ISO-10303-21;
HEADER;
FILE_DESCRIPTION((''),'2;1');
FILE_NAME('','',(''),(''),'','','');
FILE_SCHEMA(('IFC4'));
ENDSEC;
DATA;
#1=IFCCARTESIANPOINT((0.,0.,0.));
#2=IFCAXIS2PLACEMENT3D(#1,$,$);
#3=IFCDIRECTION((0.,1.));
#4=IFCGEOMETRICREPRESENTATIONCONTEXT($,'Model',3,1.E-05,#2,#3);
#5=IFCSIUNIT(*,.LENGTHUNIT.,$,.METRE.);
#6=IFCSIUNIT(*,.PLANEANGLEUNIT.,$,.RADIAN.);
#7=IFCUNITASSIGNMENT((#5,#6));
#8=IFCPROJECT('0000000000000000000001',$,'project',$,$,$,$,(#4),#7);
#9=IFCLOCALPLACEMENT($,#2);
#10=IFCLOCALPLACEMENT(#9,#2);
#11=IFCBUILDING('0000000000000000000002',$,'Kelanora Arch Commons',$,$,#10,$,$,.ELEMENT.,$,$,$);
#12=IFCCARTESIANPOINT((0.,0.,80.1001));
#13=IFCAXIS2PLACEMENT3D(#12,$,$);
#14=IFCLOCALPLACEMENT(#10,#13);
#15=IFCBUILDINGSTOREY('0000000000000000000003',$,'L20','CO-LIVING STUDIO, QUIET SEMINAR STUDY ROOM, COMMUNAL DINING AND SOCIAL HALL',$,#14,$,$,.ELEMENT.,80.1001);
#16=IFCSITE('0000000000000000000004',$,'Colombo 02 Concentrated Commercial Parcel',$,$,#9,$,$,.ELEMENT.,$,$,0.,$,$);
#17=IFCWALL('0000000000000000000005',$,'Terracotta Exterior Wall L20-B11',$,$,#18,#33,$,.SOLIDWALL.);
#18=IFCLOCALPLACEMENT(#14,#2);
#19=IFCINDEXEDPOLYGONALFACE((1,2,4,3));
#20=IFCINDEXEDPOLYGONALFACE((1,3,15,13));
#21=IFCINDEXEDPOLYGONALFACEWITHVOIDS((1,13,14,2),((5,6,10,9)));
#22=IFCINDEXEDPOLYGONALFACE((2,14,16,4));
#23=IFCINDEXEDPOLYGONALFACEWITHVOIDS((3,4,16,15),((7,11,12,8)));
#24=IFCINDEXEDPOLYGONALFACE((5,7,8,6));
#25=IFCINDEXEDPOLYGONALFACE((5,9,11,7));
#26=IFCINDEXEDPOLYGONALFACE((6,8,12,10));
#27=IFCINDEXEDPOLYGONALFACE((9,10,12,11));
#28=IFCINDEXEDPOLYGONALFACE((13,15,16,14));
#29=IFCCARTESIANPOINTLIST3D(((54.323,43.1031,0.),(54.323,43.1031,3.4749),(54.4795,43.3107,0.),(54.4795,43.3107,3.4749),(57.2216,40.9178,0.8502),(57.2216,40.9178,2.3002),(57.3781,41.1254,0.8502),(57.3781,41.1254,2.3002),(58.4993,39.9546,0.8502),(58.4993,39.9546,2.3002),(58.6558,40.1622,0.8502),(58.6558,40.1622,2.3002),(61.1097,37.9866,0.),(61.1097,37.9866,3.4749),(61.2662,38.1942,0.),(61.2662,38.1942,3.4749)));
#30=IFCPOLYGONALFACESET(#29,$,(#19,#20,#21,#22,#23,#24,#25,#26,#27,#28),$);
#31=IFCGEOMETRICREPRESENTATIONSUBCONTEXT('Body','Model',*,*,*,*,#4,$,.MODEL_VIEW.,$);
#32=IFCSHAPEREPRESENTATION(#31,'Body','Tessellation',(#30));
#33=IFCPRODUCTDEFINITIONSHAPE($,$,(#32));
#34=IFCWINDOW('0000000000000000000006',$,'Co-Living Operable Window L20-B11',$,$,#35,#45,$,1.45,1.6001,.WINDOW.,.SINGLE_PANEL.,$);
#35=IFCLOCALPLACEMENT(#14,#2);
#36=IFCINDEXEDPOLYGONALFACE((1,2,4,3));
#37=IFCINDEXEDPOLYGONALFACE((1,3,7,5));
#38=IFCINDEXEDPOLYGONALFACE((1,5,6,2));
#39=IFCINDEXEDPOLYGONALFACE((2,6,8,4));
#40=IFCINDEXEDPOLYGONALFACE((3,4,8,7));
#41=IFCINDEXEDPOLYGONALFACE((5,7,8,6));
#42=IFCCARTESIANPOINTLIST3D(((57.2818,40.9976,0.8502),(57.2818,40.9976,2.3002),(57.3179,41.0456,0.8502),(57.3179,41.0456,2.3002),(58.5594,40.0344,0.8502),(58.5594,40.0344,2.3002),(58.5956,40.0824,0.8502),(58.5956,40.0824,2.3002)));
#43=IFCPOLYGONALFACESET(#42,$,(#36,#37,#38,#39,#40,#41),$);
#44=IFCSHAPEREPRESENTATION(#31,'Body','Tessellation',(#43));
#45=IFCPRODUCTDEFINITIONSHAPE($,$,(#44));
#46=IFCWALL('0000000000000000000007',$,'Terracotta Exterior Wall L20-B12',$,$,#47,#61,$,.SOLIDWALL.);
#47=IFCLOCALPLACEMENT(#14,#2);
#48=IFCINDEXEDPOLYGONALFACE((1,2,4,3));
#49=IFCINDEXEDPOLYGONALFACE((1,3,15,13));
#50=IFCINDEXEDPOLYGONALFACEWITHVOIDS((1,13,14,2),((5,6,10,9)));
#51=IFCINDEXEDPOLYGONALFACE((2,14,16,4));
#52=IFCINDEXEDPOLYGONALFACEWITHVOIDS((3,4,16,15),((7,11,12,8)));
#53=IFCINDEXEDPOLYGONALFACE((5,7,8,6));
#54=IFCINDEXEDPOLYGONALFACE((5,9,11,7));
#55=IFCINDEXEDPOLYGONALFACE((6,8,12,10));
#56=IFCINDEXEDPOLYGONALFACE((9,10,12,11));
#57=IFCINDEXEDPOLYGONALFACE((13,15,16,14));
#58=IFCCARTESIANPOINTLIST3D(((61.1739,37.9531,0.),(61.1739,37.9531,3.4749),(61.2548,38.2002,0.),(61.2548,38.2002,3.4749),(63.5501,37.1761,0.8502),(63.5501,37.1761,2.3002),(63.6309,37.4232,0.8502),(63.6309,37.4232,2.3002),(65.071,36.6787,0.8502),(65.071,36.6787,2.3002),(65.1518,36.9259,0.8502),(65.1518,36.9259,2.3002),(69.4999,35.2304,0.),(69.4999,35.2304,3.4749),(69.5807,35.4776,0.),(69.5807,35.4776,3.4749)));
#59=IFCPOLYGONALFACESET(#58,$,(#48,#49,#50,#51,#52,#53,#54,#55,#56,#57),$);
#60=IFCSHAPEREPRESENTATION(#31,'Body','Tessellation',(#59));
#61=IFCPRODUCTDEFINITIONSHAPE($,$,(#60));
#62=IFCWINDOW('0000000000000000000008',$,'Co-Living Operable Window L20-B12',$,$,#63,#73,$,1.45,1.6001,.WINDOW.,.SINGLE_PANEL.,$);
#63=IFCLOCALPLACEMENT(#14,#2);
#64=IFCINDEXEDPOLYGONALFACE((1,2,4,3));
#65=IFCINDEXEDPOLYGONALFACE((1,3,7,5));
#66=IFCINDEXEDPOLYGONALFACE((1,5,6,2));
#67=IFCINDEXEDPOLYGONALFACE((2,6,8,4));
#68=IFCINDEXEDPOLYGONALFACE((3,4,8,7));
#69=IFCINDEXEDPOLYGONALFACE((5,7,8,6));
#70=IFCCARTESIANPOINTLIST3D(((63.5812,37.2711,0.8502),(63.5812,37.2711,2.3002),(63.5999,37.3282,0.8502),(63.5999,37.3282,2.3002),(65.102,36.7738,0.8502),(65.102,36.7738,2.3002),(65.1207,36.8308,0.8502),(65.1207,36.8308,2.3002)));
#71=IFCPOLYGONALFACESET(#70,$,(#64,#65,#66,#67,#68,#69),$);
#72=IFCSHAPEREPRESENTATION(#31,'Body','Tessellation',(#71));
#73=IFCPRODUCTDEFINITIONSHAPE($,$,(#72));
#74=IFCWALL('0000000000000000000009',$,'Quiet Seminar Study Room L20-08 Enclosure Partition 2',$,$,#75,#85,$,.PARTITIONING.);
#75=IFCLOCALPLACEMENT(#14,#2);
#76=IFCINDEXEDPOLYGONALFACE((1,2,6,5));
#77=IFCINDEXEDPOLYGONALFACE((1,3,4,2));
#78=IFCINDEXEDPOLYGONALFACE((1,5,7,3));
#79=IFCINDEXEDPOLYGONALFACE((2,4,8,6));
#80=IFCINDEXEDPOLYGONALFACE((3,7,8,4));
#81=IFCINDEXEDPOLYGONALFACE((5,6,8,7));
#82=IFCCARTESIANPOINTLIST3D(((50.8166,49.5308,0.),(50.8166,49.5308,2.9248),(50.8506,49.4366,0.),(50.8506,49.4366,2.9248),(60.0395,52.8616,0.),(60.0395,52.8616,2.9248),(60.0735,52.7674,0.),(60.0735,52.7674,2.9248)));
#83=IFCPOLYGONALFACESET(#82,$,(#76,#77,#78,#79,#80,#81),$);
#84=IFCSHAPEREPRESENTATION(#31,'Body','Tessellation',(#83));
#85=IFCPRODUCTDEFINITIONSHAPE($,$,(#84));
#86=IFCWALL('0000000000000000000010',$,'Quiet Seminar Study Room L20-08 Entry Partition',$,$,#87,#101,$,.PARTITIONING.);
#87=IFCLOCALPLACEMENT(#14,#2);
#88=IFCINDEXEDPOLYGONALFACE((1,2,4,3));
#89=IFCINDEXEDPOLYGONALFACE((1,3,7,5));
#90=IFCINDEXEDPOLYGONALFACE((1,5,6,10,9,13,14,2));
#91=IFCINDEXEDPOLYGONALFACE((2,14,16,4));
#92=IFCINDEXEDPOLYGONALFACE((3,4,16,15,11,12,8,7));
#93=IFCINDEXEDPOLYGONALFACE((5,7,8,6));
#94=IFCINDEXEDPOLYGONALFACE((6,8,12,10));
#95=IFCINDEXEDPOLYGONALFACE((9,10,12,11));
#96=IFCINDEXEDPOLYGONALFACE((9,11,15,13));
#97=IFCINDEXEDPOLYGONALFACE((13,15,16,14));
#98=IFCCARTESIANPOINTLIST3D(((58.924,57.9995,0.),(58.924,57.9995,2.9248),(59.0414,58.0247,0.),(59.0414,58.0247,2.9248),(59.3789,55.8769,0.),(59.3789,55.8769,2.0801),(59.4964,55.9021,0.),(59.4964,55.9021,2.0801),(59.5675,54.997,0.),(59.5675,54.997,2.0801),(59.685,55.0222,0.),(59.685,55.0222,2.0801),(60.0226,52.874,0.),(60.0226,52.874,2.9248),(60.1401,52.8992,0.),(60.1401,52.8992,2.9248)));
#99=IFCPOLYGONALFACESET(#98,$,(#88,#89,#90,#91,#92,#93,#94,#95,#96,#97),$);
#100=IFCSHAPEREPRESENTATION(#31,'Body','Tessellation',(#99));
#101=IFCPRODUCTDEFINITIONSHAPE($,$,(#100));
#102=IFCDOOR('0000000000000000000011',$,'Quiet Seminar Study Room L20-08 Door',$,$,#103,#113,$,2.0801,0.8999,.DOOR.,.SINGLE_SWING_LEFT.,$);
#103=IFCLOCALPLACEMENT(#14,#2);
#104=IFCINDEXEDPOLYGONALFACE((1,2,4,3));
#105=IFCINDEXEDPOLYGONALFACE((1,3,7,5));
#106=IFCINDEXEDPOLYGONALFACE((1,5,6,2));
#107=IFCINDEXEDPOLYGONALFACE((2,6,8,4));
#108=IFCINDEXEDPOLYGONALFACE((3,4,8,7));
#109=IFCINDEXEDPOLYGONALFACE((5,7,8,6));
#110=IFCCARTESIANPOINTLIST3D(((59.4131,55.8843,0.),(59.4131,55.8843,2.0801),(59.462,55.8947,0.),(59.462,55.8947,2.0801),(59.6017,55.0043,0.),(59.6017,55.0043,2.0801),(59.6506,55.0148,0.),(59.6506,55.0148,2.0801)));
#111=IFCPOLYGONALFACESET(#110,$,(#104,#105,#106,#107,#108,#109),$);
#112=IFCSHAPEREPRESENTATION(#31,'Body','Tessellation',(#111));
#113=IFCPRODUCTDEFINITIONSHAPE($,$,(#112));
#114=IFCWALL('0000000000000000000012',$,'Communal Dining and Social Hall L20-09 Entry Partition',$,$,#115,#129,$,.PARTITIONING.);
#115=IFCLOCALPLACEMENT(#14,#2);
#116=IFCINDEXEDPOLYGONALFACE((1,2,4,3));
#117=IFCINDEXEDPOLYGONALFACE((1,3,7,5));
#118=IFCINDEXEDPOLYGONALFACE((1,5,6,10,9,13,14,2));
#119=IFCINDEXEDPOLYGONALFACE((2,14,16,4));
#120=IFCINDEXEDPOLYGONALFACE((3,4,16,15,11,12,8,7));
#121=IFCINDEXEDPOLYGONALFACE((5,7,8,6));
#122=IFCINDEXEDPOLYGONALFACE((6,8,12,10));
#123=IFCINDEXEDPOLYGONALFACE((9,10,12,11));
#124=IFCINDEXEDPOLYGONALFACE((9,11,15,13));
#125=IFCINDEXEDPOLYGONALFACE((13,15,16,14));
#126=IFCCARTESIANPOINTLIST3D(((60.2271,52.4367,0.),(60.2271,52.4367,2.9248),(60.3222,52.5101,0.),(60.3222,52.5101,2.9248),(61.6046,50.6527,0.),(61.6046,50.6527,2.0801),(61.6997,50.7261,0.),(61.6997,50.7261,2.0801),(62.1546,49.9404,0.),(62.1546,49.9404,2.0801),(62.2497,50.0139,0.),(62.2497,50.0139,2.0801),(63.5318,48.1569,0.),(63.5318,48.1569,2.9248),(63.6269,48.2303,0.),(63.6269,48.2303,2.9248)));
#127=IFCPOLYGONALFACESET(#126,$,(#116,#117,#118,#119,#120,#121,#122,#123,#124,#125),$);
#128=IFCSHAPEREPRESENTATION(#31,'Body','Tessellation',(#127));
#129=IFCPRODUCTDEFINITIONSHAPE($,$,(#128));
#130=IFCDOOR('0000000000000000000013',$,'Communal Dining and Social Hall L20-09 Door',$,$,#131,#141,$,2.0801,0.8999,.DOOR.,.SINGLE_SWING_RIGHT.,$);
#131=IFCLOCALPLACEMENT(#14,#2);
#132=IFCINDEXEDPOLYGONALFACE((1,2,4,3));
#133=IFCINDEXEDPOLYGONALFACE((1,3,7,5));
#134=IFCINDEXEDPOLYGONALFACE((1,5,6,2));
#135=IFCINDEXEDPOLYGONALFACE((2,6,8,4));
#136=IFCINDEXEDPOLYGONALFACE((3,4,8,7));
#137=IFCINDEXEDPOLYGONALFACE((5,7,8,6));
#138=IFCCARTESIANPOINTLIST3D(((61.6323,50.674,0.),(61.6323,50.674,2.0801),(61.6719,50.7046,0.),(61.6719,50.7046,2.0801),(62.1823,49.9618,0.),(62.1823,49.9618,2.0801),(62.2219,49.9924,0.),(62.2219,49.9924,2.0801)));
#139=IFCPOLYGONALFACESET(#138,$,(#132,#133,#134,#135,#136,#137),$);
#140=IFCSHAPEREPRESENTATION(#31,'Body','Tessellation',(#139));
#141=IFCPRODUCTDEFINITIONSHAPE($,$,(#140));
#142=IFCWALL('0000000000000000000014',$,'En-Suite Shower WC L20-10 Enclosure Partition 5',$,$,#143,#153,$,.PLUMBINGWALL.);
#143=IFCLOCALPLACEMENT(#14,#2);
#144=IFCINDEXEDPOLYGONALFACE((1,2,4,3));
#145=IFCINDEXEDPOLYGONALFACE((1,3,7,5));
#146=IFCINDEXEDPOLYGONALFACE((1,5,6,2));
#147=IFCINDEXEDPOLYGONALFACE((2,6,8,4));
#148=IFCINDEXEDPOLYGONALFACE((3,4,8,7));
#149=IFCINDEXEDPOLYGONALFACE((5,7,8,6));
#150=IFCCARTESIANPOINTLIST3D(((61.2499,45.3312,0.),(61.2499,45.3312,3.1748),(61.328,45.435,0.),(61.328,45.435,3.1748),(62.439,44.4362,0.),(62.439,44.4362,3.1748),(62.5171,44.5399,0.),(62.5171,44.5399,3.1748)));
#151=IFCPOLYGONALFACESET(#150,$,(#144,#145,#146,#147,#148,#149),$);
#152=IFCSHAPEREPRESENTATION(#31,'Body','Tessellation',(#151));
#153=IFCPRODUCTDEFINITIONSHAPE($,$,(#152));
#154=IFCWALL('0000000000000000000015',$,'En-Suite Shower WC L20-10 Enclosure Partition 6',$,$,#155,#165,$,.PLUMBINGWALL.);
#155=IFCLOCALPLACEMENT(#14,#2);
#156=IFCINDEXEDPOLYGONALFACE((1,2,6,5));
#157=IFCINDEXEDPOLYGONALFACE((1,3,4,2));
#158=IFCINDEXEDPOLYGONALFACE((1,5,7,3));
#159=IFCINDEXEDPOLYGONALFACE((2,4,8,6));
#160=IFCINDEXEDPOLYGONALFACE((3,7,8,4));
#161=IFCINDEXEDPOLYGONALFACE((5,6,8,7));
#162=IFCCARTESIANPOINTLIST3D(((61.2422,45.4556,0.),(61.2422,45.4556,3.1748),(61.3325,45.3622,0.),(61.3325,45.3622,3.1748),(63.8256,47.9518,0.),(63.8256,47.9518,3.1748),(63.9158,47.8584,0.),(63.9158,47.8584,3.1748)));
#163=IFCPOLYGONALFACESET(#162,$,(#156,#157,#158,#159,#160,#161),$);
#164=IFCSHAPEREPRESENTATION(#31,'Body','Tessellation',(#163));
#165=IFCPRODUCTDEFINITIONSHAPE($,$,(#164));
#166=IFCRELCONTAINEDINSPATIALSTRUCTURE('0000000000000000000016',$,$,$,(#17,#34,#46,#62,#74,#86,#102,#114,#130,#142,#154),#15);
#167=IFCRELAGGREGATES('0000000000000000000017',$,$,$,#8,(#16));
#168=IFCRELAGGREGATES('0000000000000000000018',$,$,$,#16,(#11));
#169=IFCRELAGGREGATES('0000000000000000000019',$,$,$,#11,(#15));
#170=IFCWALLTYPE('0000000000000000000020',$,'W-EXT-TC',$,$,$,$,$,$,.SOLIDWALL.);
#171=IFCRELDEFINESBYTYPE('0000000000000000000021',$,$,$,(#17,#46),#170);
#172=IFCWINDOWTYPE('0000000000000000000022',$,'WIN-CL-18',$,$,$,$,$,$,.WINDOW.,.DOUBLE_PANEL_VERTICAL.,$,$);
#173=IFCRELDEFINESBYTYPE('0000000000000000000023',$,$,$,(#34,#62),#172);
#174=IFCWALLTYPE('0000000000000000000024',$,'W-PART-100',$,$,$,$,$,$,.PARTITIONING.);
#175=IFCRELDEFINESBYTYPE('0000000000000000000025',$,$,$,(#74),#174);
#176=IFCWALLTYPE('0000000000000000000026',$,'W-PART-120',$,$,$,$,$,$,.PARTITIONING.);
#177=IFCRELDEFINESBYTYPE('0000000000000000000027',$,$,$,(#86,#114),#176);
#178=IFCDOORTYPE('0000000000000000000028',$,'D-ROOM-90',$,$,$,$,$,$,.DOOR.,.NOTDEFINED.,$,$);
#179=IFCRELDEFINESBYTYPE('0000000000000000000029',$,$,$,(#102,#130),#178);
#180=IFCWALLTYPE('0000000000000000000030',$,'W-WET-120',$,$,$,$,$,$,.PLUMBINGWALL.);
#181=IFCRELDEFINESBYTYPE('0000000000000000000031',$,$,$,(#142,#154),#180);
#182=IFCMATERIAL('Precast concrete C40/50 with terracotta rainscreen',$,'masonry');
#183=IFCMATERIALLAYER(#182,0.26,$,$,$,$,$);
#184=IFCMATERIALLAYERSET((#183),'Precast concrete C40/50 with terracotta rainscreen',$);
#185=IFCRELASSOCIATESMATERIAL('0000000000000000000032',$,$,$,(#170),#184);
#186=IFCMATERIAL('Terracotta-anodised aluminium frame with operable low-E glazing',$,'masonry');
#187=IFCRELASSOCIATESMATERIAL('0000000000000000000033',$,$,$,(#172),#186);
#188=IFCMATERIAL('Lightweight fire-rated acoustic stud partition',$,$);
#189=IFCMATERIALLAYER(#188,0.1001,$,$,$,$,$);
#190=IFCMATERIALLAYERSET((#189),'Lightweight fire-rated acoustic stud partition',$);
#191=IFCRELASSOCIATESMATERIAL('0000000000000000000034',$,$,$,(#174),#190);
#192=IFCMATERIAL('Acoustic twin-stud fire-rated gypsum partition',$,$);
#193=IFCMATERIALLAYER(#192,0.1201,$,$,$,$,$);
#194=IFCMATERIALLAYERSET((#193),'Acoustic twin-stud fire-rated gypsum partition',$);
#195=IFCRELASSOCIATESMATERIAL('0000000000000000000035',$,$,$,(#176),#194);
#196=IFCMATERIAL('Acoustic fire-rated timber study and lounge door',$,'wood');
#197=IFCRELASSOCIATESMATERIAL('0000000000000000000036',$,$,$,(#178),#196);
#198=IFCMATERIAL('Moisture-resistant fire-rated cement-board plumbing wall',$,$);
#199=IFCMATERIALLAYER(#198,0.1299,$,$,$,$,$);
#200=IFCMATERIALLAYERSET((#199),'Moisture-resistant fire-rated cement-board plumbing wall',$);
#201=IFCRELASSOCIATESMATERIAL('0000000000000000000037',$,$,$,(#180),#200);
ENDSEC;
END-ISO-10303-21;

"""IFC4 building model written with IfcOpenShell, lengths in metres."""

from ifc_helpers import new_model, si_unit, direction, frame, frame_2d, origin, place, context, subcontext, project, spatial, rectangle, extrude, material, layer, layer_set, type_object, element, fill, save


model = new_model("IFC4")

# Units and contexts
model_context = context("Model", 3, precision=1e-05, world=origin(), true_north=direction((0.0, 1.0)))
body_context = subcontext(model_context, "Body", "Model", "MODEL_VIEW")
ifc_project = project(units=[si_unit("LENGTHUNIT", "METRE"), si_unit("PLANEANGLEUNIT", "RADIAN")], contexts=[model_context])

# Site, building, storey
site_placement = place(None, origin())
site = spatial("IfcSite", under=ifc_project, at=site_placement, Name="Colombo 02 Concentrated Commercial Parcel", CompositionType="ELEMENT", RefElevation=0.0)
building_placement = place(site_placement, origin())
building = spatial("IfcBuilding", under=site, at=building_placement, Name="Kelanora Arch Commons", CompositionType="ELEMENT")
storey_placement = place(building_placement, frame((0.0, 0.0, 80.1001)))
storey = spatial("IfcBuildingStorey", under=building, at=storey_placement, Name="L20", Description="CO-LIVING STUDIO, QUIET SEMINAR STUDY ROOM, COMMUNAL DINING AND SOCIAL HALL", CompositionType="ELEMENT", Elevation=80.1001)

# Walls, openings, windows
ifc_material_1 = material(Name="Precast concrete C40/50 with terracotta rainscreen", Category="masonry")
ifc_layer_1 = layer(ifc_material_1, 0.26)
ifc_layer_set_1 = layer_set([ifc_layer_1], Name="Precast concrete C40/50 with terracotta rainscreen")
wall_type_1 = type_object("IfcWallType", Name="W-EXT-TC", PredefinedType="SOLIDWALL", material=ifc_layer_set_1)
wall_1_placement = place(storey_placement, frame((54.4014, 43.2068, 0.0), z_axis=(0.0, 0.0, 1.0), x_axis=(0.798502, -0.601993, 0.0)))
wall_1 = element("IfcWall", 1, at=wall_1_placement, inside=storey, type_object=wall_type_1, Name="Terracotta Exterior Wall L20-B11", PredefinedType="SOLIDWALL", context=body_context, shape_type="SweptSolid", body=[
    extrude(rectangle(XDim=8.4993, YDim=0.26, at=frame_2d((4.2495, 0.0))), origin(), (0.0, 0.0, 1.0), 3.4749),
])
opening_1_placement = place(wall_1_placement, frame((3.6299, 0.0, 0.8501)))
opening_1 = element("IfcOpeningElement", 2, at=opening_1_placement, cuts=wall_1, PredefinedType="OPENING", context=body_context, shape_type="SweptSolid", body=[
    extrude(rectangle(XDim=1.6001, YDim=1.45, at=frame_2d((0.8, 0.7251))), frame((0.0, 0.1401, 0.0), z_axis=(0.0, -1.0, 0.0), x_axis=(1.0, 0.0, 0.0)), (0.0, 0.0, 1.0), 0.28),
])
ifc_material_2 = material(Name="Terracotta-anodised aluminium frame with operable low-E glazing", Category="masonry")
window_type = type_object("IfcWindowType", Name="WIN-CL-18", PartitioningType="DOUBLE_PANEL_VERTICAL", PredefinedType="WINDOW", material=ifc_material_2)
window_1_placement = place(opening_1_placement, origin())
window_1 = element("IfcWindow", 3, at=window_1_placement, inside=storey, type_object=window_type, Name="Co-Living Operable Window L20-B11", OverallHeight=1.45, OverallWidth=1.6001, PartitioningType="SINGLE_PANEL", PredefinedType="WINDOW", context=body_context, shape_type="SweptSolid", body=[
    extrude(rectangle(XDim=1.6001, YDim=1.45, at=frame_2d((0.8, 0.7251))), frame((0.0, 0.03, 0.0), z_axis=(0.0, -1.0, 0.0), x_axis=(1.0, 0.0, 0.0)), (0.0, 0.0, 1.0), 0.0601),
])
fill(opening_1, window_1)
wall_2_placement = place(storey_placement, frame((61.2144, 38.0767, 0.0), z_axis=(0.0, 0.0, 1.0), x_axis=(0.950471, -0.310813, 0.0)))
wall_2 = element("IfcWall", 4, at=wall_2_placement, inside=storey, type_object=wall_type_1, Name="Terracotta Exterior Wall L20-B12", PredefinedType="SOLIDWALL", context=body_context, shape_type="SweptSolid", body=[
    extrude(rectangle(XDim=8.7598, YDim=0.26, at=frame_2d((4.3799, 0.0))), origin(), (0.0, 0.0, 1.0), 3.4749),
])
opening_2_placement = place(wall_2_placement, frame((2.5, 0.0, 0.8501)))
opening_2 = element("IfcOpeningElement", 5, at=opening_2_placement, cuts=wall_2, PredefinedType="OPENING", context=body_context, shape_type="SweptSolid", body=[
    extrude(rectangle(XDim=1.6001, YDim=1.45, at=frame_2d((0.8, 0.7251))), frame((0.0, 0.1401, 0.0), z_axis=(0.0, -1.0, 0.0), x_axis=(1.0, 0.0, 0.0)), (0.0, 0.0, 1.0), 0.28),
])
window_2_placement = place(opening_2_placement, origin())
window_2 = element("IfcWindow", 6, at=window_2_placement, inside=storey, type_object=window_type, Name="Co-Living Operable Window L20-B12", OverallHeight=1.45, OverallWidth=1.6001, PartitioningType="SINGLE_PANEL", PredefinedType="WINDOW", context=body_context, shape_type="SweptSolid", body=[
    extrude(rectangle(XDim=1.6001, YDim=1.45, at=frame_2d((0.8, 0.7251))), frame((0.0, 0.03, 0.0), z_axis=(0.0, -1.0, 0.0), x_axis=(1.0, 0.0, 0.0)), (0.0, 0.0, 1.0), 0.0601),
])
fill(opening_2, window_2)

# Wall
ifc_material_3 = material(Name="Lightweight fire-rated acoustic stud partition")
ifc_layer_2 = layer(ifc_material_3, 0.1001)
ifc_layer_set_2 = layer_set([ifc_layer_2], Name="Lightweight fire-rated acoustic stud partition")
wall_type_2 = type_object("IfcWallType", Name="W-PART-100", PredefinedType="PARTITIONING", material=ifc_layer_set_2)
wall_3_placement = place(storey_placement, frame((60.0564, 52.8145, 0.0), z_axis=(0.0, 0.0, 1.0), x_axis=(-0.940544, -0.339673, 0.0)))
element("IfcWall", 7, at=wall_3_placement, inside=storey, type_object=wall_type_2, Name="Quiet Seminar Study Room L20-08 Enclosure Partition 2", PredefinedType="PARTITIONING", context=body_context, shape_type="SweptSolid", body=[
    extrude(rectangle(XDim=9.8059, YDim=0.1001, at=frame_2d((4.9028, 0.0))), origin(), (0.0, 0.0, 1.0), 2.9248),
])

# Walls, openings, doors
ifc_material_4 = material(Name="Acoustic twin-stud fire-rated gypsum partition")
ifc_layer_3 = layer(ifc_material_4, 0.1201)
ifc_layer_set_3 = layer_set([ifc_layer_3], Name="Acoustic twin-stud fire-rated gypsum partition")
wall_type_3 = type_object("IfcWallType", Name="W-PART-120", PredefinedType="PARTITIONING", material=ifc_layer_set_3)
wall_4_placement = place(storey_placement, frame((58.9827, 58.0122, 0.0), z_axis=(0.0, 0.0, 1.0), x_axis=(0.209586, -0.97779, 0.0)))
wall_4 = element("IfcWall", 8, at=wall_4_placement, inside=storey, type_object=wall_type_3, Name="Quiet Seminar Study Room L20-08 Entry Partition", PredefinedType="PARTITIONING", context=body_context, shape_type="SweptSolid", body=[
    extrude(rectangle(XDim=5.2419, YDim=0.1201, at=frame_2d((2.6211, 0.0))), origin(), (0.0, 0.0, 1.0), 2.9248),
])
opening_3_placement = place(wall_4_placement, frame((2.1709, 0.0, 0.0)))
opening_3 = element("IfcOpeningElement", 9, at=opening_3_placement, cuts=wall_4, PredefinedType="OPENING", context=body_context, shape_type="SweptSolid", body=[
    extrude(rectangle(XDim=0.8999, YDim=2.0801, at=frame_2d((0.45, 1.04))), frame((0.0, 0.0701, 0.0), z_axis=(0.0, -1.0, 0.0), x_axis=(1.0, 0.0, 0.0)), (0.0, 0.0, 1.0), 0.1401),
])
ifc_material_5 = material(Name="Acoustic fire-rated timber study and lounge door", Category="wood")
door_type = type_object("IfcDoorType", Name="D-ROOM-90", OperationType="NOTDEFINED", PredefinedType="DOOR", material=ifc_material_5)
door_1_placement = place(opening_3_placement, origin())
door_1 = element("IfcDoor", 10, at=door_1_placement, inside=storey, type_object=door_type, Name="Quiet Seminar Study Room L20-08 Door", OperationType="SINGLE_SWING_LEFT", OverallHeight=2.0801, OverallWidth=0.8999, PredefinedType="DOOR", context=body_context, shape_type="SweptSolid", body=[
    extrude(rectangle(XDim=0.8999, YDim=2.0801, at=frame_2d((0.45, 1.04))), frame((0.0, 0.0249, 0.0), z_axis=(0.0, -1.0, 0.0), x_axis=(1.0, 0.0, 0.0)), (0.0, 0.0, 1.0), 0.05),
])
fill(opening_3, door_1)
wall_5_placement = place(storey_placement, frame((60.2747, 52.4734, 0.0), z_axis=(0.0, 0.0, 1.0), x_axis=(0.611167, -0.791501, 0.0)))
wall_5 = element("IfcWall", 11, at=wall_5_placement, inside=storey, type_object=wall_type_3, Name="Communal Dining and Social Hall L20-09 Entry Partition", PredefinedType="PARTITIONING", context=body_context, shape_type="SweptSolid", body=[
    extrude(rectangle(XDim=5.4072, YDim=0.1201, at=frame_2d((2.7036, 0.0))), origin(), (0.0, 0.0, 1.0), 2.9248),
])
opening_4_placement = place(wall_5_placement, frame((2.2539, 0.0, 0.0)))
opening_4 = element("IfcOpeningElement", 12, at=opening_4_placement, cuts=wall_5, PredefinedType="OPENING", context=body_context, shape_type="SweptSolid", body=[
    extrude(rectangle(XDim=0.8999, YDim=2.0801, at=frame_2d((0.45, 1.04))), frame((0.0, 0.0701, 0.0), z_axis=(0.0, -1.0, 0.0), x_axis=(1.0, 0.0, 0.0)), (0.0, 0.0, 1.0), 0.1401),
])
door_2_placement = place(opening_4_placement, origin())
door_2 = element("IfcDoor", 13, at=door_2_placement, inside=storey, type_object=door_type, Name="Communal Dining and Social Hall L20-09 Door", OperationType="SINGLE_SWING_RIGHT", OverallHeight=2.0801, OverallWidth=0.8999, PredefinedType="DOOR", context=body_context, shape_type="SweptSolid", body=[
    extrude(rectangle(XDim=0.8999, YDim=2.0801, at=frame_2d((0.45, 1.04))), frame((0.0, 0.0249, 0.0), z_axis=(0.0, -1.0, 0.0), x_axis=(1.0, 0.0, 0.0)), (0.0, 0.0, 1.0), 0.05),
])
fill(opening_4, door_2)

# Walls
ifc_material_6 = material(Name="Moisture-resistant fire-rated cement-board plumbing wall")
ifc_layer_4 = layer(ifc_material_6, 0.1299)
ifc_layer_set_4 = layer_set([ifc_layer_4], Name="Moisture-resistant fire-rated cement-board plumbing wall")
wall_type_4 = type_object("IfcWallType", Name="W-WET-120", PredefinedType="PLUMBINGWALL", material=ifc_layer_set_4)
wall_6_placement = place(storey_placement, frame((62.478, 44.488, 0.0), z_axis=(0.0, 0.0, 1.0), x_axis=(-0.798936, 0.601416, 0.0)))
element("IfcWall", 14, at=wall_6_placement, inside=storey, type_object=wall_type_4, Name="En-Suite Shower WC L20-10 Enclosure Partition 5", PredefinedType="PLUMBINGWALL", context=body_context, shape_type="SweptSolid", body=[
    extrude(rectangle(XDim=1.4883, YDim=0.1299, at=frame_2d((0.7441, 0.0))), origin(), (0.0, 0.0, 1.0), 3.1748),
])
wall_7_placement = place(storey_placement, frame((61.2874, 45.4089, 0.0), z_axis=(0.0, 0.0, 1.0), x_axis=(0.719134, 0.694871, 0.0)))
element("IfcWall", 15, at=wall_7_placement, inside=storey, type_object=wall_type_4, Name="En-Suite Shower WC L20-10 Enclosure Partition 6", PredefinedType="PLUMBINGWALL", context=body_context, shape_type="SweptSolid", body=[
    extrude(rectangle(XDim=3.5923, YDim=0.1299, at=frame_2d((1.7961, 0.0))), origin(), (0.0, 0.0, 1.0), 3.1748),
])

save(model, "model.ifc")
